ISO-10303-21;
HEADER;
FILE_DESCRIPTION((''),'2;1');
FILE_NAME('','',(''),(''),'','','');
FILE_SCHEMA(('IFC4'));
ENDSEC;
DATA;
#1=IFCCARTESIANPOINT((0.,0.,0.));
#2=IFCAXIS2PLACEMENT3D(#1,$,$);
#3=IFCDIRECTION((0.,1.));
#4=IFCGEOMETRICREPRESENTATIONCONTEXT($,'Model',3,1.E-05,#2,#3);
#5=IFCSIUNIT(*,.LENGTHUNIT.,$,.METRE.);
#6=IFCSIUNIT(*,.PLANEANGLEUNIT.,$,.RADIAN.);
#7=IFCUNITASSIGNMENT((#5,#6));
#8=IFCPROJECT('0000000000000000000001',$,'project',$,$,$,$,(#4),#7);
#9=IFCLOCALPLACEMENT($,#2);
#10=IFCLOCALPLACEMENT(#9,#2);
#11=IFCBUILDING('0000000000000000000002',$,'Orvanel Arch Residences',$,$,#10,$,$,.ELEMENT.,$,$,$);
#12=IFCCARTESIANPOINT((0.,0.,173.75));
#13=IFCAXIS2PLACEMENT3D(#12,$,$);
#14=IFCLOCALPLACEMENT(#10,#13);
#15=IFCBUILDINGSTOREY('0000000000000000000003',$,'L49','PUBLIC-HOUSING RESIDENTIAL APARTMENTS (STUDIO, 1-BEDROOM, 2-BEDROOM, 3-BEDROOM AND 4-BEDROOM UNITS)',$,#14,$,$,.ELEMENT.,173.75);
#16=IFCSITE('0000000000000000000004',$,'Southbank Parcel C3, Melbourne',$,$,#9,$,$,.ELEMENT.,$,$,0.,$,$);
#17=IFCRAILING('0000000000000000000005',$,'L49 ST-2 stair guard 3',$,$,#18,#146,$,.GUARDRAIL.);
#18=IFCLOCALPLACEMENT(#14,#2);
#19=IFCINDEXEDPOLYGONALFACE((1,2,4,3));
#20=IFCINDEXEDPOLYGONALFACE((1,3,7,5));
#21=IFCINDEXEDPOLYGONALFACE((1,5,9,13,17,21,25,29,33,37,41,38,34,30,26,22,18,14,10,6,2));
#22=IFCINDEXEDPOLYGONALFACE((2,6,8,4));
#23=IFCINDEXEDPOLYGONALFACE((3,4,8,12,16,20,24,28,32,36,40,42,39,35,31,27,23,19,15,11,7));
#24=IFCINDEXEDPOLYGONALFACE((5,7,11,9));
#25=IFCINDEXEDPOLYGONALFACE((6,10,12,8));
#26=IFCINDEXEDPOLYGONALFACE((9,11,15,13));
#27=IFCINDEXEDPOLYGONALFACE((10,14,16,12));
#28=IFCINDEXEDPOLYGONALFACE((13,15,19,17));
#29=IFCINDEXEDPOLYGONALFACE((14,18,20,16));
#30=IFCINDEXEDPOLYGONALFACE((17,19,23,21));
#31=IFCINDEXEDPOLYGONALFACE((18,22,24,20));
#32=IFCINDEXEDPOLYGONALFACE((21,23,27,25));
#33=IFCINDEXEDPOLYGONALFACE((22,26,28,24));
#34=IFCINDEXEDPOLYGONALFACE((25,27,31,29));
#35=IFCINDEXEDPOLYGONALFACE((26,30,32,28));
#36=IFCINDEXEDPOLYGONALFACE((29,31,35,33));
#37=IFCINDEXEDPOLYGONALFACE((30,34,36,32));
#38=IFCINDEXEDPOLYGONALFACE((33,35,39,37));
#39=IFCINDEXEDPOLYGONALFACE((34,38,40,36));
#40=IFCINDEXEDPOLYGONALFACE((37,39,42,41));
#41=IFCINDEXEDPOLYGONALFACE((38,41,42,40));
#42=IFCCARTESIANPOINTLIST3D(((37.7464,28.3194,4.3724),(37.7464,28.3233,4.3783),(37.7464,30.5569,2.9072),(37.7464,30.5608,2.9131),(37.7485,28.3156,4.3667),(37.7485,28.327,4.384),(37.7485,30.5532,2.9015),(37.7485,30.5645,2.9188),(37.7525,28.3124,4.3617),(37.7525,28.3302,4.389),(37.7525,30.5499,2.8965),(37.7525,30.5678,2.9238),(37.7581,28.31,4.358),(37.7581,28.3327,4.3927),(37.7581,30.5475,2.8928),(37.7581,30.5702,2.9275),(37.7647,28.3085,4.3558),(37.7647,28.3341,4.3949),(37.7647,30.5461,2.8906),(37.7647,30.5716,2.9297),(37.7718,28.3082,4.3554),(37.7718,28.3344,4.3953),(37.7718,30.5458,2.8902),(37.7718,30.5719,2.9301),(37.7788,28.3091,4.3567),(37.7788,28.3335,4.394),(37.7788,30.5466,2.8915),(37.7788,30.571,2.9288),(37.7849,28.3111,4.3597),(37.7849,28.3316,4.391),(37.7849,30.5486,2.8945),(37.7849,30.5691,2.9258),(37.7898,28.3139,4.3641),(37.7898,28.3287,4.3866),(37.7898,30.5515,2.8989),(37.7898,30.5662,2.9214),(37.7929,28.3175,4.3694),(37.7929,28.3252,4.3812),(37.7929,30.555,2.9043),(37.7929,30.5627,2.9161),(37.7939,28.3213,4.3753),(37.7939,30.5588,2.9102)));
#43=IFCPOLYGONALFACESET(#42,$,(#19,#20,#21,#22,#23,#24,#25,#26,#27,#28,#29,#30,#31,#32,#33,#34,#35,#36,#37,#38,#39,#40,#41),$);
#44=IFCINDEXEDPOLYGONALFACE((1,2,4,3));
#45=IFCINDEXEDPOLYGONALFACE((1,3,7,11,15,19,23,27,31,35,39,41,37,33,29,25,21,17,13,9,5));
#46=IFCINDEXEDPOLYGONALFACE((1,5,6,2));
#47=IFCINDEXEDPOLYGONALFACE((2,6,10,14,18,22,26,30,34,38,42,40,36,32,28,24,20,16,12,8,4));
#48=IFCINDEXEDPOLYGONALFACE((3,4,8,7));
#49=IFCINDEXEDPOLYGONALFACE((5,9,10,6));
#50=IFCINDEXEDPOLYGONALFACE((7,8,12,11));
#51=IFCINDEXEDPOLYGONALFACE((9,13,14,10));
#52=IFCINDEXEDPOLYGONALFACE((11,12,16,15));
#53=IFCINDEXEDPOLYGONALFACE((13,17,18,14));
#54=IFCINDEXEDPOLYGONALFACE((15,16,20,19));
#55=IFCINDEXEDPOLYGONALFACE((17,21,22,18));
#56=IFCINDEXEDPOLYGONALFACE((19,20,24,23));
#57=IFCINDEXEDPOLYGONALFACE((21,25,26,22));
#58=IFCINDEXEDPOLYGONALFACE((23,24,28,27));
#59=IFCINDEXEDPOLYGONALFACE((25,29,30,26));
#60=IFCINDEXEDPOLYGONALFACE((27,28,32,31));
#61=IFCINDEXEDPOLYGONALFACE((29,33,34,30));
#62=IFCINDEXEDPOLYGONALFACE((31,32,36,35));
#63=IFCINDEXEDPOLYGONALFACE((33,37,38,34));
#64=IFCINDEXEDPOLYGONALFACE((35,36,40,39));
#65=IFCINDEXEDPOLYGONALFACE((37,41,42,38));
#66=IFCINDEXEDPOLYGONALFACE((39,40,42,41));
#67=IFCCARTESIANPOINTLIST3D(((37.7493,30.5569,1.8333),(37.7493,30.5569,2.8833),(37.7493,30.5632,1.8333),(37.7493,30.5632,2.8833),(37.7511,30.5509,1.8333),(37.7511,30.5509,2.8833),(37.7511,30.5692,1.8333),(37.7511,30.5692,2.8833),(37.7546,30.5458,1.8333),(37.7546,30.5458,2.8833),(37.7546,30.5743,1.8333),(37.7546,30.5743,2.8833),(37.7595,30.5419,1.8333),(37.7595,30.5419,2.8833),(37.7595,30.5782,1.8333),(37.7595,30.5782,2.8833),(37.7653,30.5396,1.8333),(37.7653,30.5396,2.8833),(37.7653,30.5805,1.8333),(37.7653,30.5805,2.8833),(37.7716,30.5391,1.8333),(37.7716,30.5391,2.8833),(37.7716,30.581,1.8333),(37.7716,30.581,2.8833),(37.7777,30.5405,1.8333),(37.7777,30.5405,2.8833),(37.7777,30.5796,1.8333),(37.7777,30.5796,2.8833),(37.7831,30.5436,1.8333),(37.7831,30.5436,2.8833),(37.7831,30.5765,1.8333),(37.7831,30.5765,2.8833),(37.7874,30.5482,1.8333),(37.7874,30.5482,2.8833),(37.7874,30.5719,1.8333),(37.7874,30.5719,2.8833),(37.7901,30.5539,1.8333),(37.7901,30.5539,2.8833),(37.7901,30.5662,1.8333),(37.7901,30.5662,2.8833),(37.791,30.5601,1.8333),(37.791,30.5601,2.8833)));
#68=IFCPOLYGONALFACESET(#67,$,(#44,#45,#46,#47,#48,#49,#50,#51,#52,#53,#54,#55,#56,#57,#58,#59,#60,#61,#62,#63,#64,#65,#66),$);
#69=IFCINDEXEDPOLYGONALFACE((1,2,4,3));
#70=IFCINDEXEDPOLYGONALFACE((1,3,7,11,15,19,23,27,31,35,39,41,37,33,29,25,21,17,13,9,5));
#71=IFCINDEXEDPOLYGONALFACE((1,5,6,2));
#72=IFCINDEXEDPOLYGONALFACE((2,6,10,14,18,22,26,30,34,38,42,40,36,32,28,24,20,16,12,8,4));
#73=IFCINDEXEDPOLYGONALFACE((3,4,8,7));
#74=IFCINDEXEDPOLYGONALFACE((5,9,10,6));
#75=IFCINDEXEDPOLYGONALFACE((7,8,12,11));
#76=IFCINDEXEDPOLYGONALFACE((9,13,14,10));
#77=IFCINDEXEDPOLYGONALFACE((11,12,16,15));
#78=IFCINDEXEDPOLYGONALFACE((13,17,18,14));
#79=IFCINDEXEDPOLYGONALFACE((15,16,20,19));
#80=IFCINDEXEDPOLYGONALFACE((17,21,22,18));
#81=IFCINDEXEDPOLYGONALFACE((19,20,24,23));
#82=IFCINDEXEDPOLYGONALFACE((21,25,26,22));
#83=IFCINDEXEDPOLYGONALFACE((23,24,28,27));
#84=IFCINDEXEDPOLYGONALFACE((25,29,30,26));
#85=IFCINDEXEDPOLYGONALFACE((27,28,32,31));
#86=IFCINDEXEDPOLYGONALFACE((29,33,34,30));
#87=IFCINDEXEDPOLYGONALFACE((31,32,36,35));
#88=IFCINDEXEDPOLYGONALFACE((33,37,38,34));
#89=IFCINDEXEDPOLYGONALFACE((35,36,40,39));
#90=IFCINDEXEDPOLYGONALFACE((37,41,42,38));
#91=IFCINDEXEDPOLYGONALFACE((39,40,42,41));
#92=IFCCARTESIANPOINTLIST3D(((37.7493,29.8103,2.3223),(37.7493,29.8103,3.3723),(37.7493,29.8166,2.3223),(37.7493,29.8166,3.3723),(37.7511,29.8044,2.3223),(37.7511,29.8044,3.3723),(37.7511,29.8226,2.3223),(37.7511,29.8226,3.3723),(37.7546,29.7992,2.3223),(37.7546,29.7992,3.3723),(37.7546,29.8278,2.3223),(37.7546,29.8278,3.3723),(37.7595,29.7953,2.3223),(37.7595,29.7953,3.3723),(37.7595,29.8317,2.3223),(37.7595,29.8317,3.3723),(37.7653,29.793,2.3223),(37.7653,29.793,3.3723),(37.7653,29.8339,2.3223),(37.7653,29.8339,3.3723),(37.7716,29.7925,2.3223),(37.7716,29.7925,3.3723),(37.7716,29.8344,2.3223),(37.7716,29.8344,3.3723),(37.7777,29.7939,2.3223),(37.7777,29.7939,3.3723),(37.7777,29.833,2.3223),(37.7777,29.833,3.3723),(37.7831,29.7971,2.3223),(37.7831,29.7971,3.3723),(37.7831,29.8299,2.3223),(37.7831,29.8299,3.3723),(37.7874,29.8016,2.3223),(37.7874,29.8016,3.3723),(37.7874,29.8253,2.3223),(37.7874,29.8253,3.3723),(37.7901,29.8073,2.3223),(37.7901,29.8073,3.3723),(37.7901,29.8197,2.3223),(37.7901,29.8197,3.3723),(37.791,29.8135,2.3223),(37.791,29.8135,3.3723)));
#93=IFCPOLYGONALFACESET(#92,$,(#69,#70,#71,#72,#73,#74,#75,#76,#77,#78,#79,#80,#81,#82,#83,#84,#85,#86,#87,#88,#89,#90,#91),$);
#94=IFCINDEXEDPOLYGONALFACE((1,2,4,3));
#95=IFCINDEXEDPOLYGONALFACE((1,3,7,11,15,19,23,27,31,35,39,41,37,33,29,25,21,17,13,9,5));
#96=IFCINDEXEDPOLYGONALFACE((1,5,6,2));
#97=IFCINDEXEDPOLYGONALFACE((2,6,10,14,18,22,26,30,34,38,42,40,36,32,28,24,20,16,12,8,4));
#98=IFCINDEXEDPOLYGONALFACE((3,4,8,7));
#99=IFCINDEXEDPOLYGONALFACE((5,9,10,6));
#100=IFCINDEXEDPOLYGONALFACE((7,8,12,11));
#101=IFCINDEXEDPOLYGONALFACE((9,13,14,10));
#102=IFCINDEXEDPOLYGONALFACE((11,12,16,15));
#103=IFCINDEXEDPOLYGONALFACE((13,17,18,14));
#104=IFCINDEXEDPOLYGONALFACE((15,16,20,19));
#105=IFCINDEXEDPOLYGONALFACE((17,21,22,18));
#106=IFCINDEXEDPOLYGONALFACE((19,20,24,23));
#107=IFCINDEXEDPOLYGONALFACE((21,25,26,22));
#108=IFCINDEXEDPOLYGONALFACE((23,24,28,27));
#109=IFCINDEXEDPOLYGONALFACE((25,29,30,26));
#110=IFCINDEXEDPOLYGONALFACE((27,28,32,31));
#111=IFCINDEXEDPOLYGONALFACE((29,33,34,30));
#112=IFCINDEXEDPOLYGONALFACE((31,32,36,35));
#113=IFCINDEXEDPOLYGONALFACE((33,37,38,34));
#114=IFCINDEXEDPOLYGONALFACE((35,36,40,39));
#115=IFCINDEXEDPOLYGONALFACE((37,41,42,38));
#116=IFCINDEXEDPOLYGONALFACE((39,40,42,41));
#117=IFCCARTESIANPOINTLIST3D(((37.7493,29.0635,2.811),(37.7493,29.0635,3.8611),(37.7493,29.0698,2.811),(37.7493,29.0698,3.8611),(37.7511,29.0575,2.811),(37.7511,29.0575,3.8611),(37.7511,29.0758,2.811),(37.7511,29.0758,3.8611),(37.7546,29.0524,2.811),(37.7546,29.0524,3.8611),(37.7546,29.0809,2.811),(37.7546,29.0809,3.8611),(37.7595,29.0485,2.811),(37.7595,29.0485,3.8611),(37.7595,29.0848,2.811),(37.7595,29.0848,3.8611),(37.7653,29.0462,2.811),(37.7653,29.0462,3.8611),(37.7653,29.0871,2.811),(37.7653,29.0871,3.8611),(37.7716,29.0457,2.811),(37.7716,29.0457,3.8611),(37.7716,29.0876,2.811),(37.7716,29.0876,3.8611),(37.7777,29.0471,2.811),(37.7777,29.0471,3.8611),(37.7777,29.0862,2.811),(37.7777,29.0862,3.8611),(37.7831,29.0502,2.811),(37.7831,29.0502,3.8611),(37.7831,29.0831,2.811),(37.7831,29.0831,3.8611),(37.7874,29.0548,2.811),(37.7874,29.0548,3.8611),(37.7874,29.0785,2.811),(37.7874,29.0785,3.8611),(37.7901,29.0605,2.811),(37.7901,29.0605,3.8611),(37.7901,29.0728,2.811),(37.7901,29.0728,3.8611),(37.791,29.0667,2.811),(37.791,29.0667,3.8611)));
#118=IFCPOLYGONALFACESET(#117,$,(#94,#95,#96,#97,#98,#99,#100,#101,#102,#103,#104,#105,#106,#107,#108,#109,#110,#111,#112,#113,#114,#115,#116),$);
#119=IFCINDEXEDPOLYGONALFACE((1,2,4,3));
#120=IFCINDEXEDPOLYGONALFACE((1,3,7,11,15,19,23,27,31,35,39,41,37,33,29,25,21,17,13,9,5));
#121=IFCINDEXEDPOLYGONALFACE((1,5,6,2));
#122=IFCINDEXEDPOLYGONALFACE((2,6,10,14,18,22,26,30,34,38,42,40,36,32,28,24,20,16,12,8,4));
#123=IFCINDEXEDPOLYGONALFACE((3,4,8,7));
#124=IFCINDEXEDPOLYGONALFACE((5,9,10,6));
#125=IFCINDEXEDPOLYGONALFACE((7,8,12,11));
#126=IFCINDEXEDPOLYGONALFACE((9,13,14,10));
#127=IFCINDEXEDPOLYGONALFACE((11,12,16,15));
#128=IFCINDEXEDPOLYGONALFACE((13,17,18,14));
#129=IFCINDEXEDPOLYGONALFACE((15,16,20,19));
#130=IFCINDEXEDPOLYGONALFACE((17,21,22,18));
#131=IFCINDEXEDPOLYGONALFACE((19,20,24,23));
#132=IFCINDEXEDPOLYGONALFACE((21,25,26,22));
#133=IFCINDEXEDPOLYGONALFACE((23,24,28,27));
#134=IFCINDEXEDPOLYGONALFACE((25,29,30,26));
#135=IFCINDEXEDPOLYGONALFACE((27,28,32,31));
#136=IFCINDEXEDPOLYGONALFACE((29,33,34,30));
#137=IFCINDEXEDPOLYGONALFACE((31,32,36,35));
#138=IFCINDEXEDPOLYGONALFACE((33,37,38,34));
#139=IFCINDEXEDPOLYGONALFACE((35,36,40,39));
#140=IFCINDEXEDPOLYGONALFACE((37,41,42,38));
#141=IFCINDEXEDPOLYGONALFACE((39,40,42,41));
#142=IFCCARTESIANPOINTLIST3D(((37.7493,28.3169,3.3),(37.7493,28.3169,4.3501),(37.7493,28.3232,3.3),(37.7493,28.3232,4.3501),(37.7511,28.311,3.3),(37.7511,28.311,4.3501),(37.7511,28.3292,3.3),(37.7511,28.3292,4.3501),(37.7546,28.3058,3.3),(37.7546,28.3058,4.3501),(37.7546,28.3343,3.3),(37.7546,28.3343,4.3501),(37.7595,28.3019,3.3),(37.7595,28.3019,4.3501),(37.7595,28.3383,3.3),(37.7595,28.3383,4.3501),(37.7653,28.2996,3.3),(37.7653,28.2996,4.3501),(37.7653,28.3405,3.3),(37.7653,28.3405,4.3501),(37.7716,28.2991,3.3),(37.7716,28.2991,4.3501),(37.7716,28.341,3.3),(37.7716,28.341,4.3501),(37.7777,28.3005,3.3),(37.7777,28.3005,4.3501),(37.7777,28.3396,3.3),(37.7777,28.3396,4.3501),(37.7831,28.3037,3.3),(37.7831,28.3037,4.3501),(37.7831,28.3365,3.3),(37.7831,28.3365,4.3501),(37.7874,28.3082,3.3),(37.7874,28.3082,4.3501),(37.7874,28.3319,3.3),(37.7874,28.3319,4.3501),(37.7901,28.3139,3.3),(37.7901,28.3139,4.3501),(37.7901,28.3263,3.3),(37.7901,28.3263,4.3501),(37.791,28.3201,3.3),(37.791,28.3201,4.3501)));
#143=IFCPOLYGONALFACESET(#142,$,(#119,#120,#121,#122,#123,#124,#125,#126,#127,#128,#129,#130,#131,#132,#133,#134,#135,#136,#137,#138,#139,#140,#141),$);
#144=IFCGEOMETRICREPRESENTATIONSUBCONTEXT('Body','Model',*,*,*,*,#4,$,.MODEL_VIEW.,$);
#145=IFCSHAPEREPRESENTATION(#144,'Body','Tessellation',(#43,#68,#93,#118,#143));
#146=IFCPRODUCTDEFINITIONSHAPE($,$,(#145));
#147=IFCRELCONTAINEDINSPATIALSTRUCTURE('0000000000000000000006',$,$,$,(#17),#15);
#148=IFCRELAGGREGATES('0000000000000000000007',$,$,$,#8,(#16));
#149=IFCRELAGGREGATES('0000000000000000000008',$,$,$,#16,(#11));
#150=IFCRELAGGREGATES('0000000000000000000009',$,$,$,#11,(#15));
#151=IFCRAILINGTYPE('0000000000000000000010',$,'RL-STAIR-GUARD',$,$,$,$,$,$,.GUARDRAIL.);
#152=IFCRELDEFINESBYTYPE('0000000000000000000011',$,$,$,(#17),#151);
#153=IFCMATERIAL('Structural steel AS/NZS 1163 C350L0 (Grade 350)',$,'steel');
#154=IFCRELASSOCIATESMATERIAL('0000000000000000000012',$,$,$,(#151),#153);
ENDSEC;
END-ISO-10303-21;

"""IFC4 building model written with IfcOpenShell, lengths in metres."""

from ifc_helpers import new_model, si_unit, direction, frame, origin, origin_2d, place, context, subcontext, project, spatial, circle, extrude, material, type_object, element, save


model = new_model("IFC4")

# Units and contexts
model_context = context("Model", 3, precision=1e-05, world=origin(), true_north=direction((0.0, 1.0)))
body_context = subcontext(model_context, "Body", "Model", "MODEL_VIEW")
ifc_project = project(units=[si_unit("LENGTHUNIT", "METRE"), si_unit("PLANEANGLEUNIT", "RADIAN")], contexts=[model_context])

# Site, building, storey
site_placement = place(None, origin())
site = spatial("IfcSite", under=ifc_project, at=site_placement, Name="Southbank Parcel C3, Melbourne", CompositionType="ELEMENT", RefElevation=0.0)
building_placement = place(site_placement, origin())
building = spatial("IfcBuilding", under=site, at=building_placement, Name="Orvanel Arch Residences", CompositionType="ELEMENT")
storey_placement = place(building_placement, frame((0.0, 0.0, 173.75)))
storey = spatial("IfcBuildingStorey", under=building, at=storey_placement, Name="L49", Description="PUBLIC-HOUSING RESIDENTIAL APARTMENTS (STUDIO, 1-BEDROOM, 2-BEDROOM, 3-BEDROOM AND 4-BEDROOM UNITS)", CompositionType="ELEMENT", Elevation=173.75)

# Railing
ifc_material_1 = material(Name="Structural steel AS/NZS 1163 C350L0 (Grade 350)", Category="steel")
railing_type_1 = type_object("IfcRailingType", Name="RL-STAIR-GUARD", PredefinedType="GUARDRAIL", material=ifc_material_1)
railing_1_placement = place(storey_placement, frame((37.77, 30.5601, 1.8333)))
element("IfcRailing", 1, at=railing_1_placement, inside=storey, type_object=railing_type_1, Name="L49 ST-2 stair guard 3", PredefinedType="GUARDRAIL", context=body_context, shape_type="SweptSolid", body=[
    extrude(circle(Radius=0.0239, at=origin_2d()), frame((0.0, -0.0012, 1.0769), z_axis=(0.0, -0.836595, 0.547822), x_axis=(1.0, 0.0, 0.0)), (0.0, 0.0, 1.0), 2.6746),
    extrude(circle(Radius=0.021, at=origin_2d()), origin(), (0.0, 0.0, 1.0), 1.05),
    extrude(circle(Radius=0.021, at=origin_2d()), frame((0.0, -0.7466, 0.489)), (0.0, 0.0, 1.0), 1.05),
    extrude(circle(Radius=0.021, at=origin_2d()), frame((0.0, -1.4934, 0.9778)), (0.0, 0.0, 1.0), 1.05),
    extrude(circle(Radius=0.021, at=origin_2d()), frame((0.0, -2.24, 1.4668)), (0.0, 0.0, 1.0), 1.05),
])

save(model, "model.ifc")
